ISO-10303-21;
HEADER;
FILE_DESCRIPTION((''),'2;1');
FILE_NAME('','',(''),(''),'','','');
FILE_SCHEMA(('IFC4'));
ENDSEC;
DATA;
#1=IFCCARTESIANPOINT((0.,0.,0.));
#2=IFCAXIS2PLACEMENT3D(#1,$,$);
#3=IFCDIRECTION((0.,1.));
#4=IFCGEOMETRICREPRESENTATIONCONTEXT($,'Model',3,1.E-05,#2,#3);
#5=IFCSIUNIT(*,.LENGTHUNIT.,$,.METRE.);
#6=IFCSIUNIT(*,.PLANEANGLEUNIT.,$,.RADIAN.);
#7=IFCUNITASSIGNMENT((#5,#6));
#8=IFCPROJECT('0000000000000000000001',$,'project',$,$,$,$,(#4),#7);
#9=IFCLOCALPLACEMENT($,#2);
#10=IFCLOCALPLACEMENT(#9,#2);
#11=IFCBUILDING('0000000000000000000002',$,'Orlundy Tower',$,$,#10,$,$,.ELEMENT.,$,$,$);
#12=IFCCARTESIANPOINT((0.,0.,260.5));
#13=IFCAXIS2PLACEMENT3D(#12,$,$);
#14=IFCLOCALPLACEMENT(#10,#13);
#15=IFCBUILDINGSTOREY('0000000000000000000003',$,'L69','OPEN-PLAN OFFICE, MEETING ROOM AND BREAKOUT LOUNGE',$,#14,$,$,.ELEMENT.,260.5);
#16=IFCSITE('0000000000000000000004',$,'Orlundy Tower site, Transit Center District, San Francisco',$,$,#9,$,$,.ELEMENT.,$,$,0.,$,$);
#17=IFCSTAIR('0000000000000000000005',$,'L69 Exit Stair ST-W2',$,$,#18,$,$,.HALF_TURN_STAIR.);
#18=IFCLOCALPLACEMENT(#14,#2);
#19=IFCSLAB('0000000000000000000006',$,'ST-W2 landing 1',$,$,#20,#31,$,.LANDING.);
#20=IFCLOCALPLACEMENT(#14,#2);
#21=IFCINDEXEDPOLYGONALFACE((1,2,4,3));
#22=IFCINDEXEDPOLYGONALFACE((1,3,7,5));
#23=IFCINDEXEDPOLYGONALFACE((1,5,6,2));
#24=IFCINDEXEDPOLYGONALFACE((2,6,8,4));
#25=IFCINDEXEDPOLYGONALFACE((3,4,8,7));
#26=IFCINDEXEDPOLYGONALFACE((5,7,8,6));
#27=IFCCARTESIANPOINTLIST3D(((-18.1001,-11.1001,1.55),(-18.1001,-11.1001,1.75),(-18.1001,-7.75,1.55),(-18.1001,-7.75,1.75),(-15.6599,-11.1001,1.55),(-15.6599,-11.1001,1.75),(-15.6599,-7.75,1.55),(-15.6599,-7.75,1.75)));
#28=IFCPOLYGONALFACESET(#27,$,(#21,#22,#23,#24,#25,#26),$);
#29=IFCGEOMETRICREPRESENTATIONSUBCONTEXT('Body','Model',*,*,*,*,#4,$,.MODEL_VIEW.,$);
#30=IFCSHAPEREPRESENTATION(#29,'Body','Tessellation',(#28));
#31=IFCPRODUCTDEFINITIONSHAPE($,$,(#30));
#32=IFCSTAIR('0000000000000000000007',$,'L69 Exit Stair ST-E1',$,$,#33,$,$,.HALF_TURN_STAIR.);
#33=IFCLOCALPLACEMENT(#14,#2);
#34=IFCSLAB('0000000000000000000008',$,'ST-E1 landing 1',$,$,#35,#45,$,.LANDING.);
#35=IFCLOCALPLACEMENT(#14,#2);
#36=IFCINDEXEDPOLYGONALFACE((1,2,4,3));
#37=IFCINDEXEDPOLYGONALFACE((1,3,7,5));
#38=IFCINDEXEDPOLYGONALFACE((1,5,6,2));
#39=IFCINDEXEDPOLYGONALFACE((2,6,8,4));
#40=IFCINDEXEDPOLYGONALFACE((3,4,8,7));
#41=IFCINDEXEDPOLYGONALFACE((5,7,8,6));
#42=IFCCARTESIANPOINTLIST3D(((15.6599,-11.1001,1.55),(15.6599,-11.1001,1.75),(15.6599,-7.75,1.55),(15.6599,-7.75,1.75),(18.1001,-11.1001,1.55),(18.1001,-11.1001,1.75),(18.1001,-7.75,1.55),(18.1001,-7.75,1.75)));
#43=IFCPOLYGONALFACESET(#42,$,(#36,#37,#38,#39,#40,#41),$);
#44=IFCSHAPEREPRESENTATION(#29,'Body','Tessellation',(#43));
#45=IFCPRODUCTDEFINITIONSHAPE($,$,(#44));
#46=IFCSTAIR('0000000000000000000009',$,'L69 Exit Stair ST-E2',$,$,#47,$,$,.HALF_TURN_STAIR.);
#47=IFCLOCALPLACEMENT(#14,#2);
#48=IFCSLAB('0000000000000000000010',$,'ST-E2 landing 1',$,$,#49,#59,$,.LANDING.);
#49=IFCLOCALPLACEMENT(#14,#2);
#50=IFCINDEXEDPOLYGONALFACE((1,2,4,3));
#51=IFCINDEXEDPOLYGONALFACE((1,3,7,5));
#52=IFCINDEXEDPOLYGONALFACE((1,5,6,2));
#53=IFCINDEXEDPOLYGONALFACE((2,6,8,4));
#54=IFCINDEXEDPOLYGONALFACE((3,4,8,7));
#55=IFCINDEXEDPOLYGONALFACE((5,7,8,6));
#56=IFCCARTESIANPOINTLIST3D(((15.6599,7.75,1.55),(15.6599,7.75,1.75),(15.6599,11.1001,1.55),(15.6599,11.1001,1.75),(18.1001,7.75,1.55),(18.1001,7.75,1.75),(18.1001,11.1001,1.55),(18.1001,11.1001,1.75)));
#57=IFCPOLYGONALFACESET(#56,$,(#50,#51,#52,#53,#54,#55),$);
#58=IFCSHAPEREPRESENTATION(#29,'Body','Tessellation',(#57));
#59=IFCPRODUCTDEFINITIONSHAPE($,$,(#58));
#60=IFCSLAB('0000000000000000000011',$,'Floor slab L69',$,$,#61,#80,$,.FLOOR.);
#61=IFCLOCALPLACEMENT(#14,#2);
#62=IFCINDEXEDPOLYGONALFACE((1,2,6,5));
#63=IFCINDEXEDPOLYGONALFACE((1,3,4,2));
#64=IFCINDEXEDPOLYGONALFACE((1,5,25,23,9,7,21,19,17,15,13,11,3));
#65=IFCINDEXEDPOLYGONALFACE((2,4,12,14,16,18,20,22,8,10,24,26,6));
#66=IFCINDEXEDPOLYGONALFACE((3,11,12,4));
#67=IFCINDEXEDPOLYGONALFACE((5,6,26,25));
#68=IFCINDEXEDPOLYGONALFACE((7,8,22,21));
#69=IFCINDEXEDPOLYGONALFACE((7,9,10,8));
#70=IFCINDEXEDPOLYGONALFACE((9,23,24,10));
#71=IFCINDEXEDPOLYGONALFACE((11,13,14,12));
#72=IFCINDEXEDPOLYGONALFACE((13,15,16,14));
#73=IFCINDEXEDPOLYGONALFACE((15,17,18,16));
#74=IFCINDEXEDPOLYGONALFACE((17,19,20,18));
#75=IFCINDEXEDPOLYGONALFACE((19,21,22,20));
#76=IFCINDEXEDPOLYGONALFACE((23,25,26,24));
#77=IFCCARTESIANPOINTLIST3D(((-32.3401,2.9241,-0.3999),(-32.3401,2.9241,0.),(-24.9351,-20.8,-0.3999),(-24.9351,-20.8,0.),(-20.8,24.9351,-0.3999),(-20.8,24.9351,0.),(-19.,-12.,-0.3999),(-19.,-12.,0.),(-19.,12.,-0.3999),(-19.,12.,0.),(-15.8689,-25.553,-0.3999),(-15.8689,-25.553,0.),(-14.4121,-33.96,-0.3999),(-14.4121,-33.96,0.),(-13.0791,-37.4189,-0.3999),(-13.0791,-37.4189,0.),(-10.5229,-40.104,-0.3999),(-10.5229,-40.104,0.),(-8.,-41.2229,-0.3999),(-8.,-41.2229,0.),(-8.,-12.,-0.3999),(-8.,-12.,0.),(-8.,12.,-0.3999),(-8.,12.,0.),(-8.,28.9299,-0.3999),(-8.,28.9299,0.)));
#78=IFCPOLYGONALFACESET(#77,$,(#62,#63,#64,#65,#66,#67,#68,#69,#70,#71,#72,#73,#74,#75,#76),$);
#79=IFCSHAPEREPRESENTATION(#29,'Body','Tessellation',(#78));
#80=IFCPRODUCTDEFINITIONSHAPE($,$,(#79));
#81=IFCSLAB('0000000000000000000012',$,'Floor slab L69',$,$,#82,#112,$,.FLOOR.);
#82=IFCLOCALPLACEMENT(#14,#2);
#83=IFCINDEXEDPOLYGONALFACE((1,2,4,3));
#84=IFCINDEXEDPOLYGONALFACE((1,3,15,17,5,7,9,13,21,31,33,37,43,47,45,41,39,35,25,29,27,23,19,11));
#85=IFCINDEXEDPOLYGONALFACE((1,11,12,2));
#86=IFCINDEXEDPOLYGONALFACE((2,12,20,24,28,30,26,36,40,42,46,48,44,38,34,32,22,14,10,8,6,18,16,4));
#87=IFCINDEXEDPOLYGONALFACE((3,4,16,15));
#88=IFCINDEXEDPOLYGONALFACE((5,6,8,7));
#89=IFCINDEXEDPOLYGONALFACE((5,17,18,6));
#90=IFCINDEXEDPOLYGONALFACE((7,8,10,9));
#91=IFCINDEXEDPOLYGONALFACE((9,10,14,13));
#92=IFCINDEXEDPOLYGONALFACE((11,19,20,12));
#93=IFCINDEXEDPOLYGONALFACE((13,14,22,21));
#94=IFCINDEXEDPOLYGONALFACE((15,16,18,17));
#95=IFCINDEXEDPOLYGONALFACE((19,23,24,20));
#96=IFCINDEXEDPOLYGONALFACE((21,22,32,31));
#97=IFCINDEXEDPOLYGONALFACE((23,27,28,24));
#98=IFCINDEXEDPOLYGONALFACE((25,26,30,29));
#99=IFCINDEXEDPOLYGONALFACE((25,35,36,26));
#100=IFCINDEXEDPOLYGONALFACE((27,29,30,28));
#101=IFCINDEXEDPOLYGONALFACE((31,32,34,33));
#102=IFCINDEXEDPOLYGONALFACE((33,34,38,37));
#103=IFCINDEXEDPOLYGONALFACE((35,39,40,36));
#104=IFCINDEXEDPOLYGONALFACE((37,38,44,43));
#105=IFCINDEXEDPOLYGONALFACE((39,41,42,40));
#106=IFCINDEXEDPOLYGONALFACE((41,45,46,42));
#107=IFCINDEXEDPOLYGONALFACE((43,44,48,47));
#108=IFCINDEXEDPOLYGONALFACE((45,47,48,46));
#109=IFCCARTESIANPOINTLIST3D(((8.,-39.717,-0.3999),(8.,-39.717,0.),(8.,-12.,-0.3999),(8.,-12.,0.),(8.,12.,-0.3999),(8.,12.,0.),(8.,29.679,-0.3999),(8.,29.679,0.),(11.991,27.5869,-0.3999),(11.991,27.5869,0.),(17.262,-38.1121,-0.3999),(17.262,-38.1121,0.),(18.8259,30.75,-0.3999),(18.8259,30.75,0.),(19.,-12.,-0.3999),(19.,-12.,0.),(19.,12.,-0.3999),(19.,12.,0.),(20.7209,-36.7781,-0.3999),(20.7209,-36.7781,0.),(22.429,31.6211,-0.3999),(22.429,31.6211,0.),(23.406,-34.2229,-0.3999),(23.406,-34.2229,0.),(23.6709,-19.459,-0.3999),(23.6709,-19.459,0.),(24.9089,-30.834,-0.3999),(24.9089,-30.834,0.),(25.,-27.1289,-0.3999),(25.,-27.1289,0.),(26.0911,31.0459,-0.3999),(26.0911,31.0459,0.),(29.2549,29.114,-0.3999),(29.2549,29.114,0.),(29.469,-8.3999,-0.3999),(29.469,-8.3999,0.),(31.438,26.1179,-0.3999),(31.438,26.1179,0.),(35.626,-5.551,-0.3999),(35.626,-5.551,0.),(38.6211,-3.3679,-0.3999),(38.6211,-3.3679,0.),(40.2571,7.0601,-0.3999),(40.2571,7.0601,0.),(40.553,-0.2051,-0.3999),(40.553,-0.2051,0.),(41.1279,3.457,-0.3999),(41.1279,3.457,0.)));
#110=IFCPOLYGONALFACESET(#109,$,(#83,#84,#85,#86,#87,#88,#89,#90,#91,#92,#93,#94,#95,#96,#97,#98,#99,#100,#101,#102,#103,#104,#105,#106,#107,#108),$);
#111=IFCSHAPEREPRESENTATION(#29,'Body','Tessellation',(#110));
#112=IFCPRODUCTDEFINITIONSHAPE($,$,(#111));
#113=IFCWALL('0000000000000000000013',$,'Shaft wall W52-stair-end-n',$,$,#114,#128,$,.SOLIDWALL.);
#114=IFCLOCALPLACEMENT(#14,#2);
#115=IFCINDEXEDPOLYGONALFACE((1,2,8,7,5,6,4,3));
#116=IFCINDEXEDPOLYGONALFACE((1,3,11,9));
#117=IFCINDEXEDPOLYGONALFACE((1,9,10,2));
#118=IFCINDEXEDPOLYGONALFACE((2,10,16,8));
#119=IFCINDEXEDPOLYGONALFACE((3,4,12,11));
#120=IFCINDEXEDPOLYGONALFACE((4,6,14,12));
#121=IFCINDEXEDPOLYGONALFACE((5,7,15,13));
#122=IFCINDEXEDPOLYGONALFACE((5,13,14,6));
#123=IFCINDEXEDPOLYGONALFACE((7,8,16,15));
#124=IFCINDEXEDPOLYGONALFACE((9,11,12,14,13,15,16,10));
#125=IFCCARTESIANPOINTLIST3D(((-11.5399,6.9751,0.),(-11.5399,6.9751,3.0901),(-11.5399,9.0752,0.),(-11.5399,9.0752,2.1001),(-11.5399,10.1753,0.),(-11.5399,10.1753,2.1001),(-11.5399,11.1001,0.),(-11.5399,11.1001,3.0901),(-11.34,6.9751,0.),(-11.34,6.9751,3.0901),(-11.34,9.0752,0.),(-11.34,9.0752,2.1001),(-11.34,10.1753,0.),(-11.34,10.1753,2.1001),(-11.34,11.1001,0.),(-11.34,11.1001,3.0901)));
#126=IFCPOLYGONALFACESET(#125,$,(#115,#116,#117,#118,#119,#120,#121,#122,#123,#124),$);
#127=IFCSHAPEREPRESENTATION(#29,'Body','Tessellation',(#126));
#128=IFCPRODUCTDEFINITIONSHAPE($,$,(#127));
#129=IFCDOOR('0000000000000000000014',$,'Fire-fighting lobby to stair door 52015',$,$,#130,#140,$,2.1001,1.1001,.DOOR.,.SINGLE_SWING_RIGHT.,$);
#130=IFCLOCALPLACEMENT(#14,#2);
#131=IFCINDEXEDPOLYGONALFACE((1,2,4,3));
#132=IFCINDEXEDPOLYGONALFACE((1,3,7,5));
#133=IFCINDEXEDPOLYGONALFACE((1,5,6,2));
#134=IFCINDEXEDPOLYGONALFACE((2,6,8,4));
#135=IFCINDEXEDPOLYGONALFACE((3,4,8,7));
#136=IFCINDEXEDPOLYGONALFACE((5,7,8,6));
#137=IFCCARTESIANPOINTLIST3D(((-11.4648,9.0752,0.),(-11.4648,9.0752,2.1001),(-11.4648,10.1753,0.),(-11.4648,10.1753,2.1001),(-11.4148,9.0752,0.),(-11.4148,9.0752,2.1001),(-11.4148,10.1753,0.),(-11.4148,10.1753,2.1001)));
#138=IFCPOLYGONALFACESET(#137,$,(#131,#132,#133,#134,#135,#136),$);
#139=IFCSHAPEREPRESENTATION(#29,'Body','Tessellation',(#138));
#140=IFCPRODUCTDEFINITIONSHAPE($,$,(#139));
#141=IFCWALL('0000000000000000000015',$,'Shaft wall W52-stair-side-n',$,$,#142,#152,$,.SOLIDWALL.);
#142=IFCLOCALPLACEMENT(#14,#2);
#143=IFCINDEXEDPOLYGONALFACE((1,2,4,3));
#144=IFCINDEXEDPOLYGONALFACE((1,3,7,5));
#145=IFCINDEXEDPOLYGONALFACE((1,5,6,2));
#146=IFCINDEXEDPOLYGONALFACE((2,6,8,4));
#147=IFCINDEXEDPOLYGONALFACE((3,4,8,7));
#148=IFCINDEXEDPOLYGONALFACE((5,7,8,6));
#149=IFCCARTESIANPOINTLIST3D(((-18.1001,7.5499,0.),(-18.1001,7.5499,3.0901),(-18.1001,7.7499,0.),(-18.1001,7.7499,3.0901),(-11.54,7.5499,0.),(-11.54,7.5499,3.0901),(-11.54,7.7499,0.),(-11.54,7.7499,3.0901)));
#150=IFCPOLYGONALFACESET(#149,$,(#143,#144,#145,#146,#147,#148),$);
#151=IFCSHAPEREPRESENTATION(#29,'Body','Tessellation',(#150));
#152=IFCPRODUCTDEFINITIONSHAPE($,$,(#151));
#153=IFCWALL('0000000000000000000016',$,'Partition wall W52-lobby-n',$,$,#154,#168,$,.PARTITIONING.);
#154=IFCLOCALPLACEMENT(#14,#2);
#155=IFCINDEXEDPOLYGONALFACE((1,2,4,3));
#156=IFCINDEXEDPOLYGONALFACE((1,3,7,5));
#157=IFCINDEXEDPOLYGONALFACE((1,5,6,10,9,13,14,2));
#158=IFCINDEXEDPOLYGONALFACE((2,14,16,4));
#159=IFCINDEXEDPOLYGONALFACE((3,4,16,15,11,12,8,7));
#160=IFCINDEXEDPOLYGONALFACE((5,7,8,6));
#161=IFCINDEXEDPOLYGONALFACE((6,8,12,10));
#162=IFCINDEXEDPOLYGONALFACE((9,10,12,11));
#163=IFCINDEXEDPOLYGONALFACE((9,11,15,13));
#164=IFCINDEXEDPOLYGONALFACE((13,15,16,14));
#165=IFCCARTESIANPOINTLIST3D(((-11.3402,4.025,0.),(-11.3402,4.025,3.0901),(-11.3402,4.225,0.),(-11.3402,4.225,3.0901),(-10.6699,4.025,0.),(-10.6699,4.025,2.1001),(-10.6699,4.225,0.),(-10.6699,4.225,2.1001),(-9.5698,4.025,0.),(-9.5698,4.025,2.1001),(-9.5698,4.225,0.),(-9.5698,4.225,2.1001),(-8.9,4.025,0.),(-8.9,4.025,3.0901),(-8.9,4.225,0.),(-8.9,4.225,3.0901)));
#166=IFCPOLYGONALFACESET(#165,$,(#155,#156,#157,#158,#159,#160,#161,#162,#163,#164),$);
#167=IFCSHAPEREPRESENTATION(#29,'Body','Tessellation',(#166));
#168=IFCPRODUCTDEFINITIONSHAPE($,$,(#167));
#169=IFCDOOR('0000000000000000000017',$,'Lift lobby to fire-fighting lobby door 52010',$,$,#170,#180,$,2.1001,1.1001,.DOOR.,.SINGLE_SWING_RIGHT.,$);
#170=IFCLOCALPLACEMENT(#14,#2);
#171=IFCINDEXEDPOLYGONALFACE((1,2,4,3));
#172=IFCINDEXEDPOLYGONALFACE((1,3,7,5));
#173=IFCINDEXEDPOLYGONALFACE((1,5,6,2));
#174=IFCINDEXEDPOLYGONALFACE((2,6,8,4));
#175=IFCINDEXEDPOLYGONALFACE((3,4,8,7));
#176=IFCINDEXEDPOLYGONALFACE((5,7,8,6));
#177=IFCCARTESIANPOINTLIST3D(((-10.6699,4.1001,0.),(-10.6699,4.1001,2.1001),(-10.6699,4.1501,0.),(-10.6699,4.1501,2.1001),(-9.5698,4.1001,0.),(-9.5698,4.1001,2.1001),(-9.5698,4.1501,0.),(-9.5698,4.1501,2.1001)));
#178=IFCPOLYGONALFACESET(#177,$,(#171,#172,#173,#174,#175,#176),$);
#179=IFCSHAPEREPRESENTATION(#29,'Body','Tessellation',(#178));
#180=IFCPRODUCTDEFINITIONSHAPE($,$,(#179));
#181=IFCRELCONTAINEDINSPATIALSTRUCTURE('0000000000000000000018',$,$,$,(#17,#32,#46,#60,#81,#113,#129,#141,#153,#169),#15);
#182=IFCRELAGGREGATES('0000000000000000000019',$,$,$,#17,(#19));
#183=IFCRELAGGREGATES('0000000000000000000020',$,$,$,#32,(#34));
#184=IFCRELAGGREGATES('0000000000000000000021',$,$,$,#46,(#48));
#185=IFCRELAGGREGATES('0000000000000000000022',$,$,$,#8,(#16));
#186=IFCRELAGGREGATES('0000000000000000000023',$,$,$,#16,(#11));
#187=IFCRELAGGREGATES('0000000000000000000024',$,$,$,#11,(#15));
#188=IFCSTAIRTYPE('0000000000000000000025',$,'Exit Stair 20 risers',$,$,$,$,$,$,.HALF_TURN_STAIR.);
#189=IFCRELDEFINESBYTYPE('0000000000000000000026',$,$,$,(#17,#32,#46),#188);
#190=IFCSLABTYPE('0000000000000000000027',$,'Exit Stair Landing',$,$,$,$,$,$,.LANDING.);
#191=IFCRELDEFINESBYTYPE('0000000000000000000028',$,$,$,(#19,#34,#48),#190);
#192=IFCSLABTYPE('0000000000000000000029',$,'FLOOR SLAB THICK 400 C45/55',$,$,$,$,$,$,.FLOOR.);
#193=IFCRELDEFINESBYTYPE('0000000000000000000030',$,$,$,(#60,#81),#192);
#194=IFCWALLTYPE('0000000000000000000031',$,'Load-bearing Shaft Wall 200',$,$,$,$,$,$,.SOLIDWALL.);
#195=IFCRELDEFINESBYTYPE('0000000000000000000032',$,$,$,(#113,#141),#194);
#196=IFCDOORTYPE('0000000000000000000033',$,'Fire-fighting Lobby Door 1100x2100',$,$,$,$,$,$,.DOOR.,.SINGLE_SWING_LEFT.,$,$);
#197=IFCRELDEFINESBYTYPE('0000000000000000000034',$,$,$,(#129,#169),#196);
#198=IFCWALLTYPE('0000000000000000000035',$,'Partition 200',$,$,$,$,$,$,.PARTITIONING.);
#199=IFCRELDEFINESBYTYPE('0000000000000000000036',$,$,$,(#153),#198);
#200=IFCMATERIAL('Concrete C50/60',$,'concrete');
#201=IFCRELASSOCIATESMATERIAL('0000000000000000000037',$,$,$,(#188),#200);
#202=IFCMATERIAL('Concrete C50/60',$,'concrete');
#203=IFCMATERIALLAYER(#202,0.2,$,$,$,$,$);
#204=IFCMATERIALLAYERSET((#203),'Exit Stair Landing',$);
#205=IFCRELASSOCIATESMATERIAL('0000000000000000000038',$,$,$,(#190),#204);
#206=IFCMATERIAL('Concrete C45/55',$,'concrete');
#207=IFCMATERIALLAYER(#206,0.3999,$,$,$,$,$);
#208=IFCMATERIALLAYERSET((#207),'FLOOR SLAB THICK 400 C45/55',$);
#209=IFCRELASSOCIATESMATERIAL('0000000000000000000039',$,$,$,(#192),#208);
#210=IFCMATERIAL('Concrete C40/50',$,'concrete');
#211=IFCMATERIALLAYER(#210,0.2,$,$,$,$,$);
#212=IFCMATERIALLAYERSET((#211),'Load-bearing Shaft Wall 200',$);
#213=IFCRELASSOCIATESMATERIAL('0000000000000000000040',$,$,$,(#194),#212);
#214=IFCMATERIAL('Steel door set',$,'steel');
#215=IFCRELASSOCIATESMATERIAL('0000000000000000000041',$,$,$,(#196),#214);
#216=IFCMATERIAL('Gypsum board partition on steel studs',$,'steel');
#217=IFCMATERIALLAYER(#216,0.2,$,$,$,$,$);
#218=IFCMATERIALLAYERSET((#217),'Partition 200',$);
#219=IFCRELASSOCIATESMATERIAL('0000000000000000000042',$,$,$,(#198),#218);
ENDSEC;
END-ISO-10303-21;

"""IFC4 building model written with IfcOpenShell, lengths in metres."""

from ifc_helpers import new_model, si_unit, direction, frame, frame_2d, origin, place, context, subcontext, project, spatial, polyline, rectangle, outline, extrude, material, layer, layer_set, type_object, element, fill, aggregate, save


model = new_model("IFC4")

# Units and contexts
model_context = context("Model", 3, precision=1e-05, world=origin(), true_north=direction((0.0, 1.0)))
body_context = subcontext(model_context, "Body", "Model", "MODEL_VIEW")
ifc_project = project(units=[si_unit("LENGTHUNIT", "METRE"), si_unit("PLANEANGLEUNIT", "RADIAN")], contexts=[model_context])

# Site, building, storey
site_placement = place(None, origin())
site = spatial("IfcSite", under=ifc_project, at=site_placement, Name="Orlundy Tower site, Transit Center District, San Francisco", CompositionType="ELEMENT", RefElevation=0.0)
building_placement = place(site_placement, origin())
building = spatial("IfcBuilding", under=site, at=building_placement, Name="Orlundy Tower", CompositionType="ELEMENT")
storey_placement = place(building_placement, frame((0.0, 0.0, 260.5)))
storey = spatial("IfcBuildingStorey", under=building, at=storey_placement, Name="L69", Description="OPEN-PLAN OFFICE, MEETING ROOM AND BREAKOUT LOUNGE", CompositionType="ELEMENT", Elevation=260.5)

# Stairs, slabs
ifc_material_1 = material(Name="Concrete C50/60", Category="concrete")
stair_type = type_object("IfcStairType", Name="Exit Stair 20 risers", PredefinedType="HALF_TURN_STAIR", material=ifc_material_1)
ifc_material_2 = material(Name="Concrete C50/60", Category="concrete")
ifc_layer_1 = layer(ifc_material_2, 0.2)
ifc_layer_set_1 = layer_set([ifc_layer_1], Name="Exit Stair Landing")
slab_type_1 = type_object("IfcSlabType", Name="Exit Stair Landing", PredefinedType="LANDING", material=ifc_layer_set_1)
stair_1_placement = place(storey_placement, origin())
stair_1 = element("IfcStair", 1, at=stair_1_placement, inside=storey, type_object=stair_type, Name="L69 Exit Stair ST-W2", PredefinedType="HALF_TURN_STAIR")
slab_1_placement = place(storey_placement, frame((0.0, 0.0, 1.55)))
slab_1 = element("IfcSlab", 2, at=slab_1_placement, type_object=slab_type_1, Name="ST-W2 landing 1", PredefinedType="LANDING", context=body_context, shape_type="SweptSolid", body=[
    extrude(outline(polyline([(-15.6599, -7.75), (-18.1001, -7.75), (-18.1001, -11.1001), (-15.6599, -11.1001), (-15.6599, -7.75)])), origin(), (0.0, 0.0, 1.0), 0.2),
])
aggregate(stair_1, [slab_1])
stair_2_placement = place(storey_placement, origin())
stair_2 = element("IfcStair", 3, at=stair_2_placement, inside=storey, type_object=stair_type, Name="L69 Exit Stair ST-E1", PredefinedType="HALF_TURN_STAIR")
slab_2_placement = place(storey_placement, frame((0.0, 0.0, 1.55)))
slab_2 = element("IfcSlab", 4, at=slab_2_placement, type_object=slab_type_1, Name="ST-E1 landing 1", PredefinedType="LANDING", context=body_context, shape_type="SweptSolid", body=[
    extrude(outline(polyline([(15.6599, -11.1001), (18.1001, -11.1001), (18.1001, -7.75), (15.6599, -7.75), (15.6599, -11.1001)])), origin(), (0.0, 0.0, 1.0), 0.2),
])
aggregate(stair_2, [slab_2])
stair_3_placement = place(storey_placement, origin())
stair_3 = element("IfcStair", 5, at=stair_3_placement, inside=storey, type_object=stair_type, Name="L69 Exit Stair ST-E2", PredefinedType="HALF_TURN_STAIR")
slab_3_placement = place(storey_placement, frame((0.0, 0.0, 1.55)))
slab_3 = element("IfcSlab", 6, at=slab_3_placement, type_object=slab_type_1, Name="ST-E2 landing 1", PredefinedType="LANDING", context=body_context, shape_type="SweptSolid", body=[
    extrude(outline(polyline([(15.6599, 7.75), (18.1001, 7.75), (18.1001, 11.1001), (15.6599, 11.1001), (15.6599, 7.75)])), origin(), (0.0, 0.0, 1.0), 0.2),
])
aggregate(stair_3, [slab_3])

# Slabs
ifc_material_3 = material(Name="Concrete C45/55", Category="concrete")
ifc_layer_2 = layer(ifc_material_3, 0.3999)
ifc_layer_set_2 = layer_set([ifc_layer_2], Name="FLOOR SLAB THICK 400 C45/55")
slab_type_2 = type_object("IfcSlabType", Name="FLOOR SLAB THICK 400 C45/55", PredefinedType="FLOOR", material=ifc_layer_set_2)
slab_4_placement = place(storey_placement, frame((0.0, 0.0, -0.3999)))
element("IfcSlab", 7, at=slab_4_placement, inside=storey, type_object=slab_type_2, Name="Floor slab L69", PredefinedType="FLOOR", context=body_context, shape_type="SweptSolid", body=[
    extrude(outline(polyline([(-24.9351, -20.8), (-32.3401, 2.9241), (-20.8, 24.9351), (-8.0, 28.9299), (-8.0, 12.0), (-19.0, 12.0), (-19.0, -12.0), (-8.0, -12.0), (-8.0, -41.2229), (-10.5229, -40.104), (-13.0791, -37.4189), (-14.4121, -33.96), (-15.8689, -25.553), (-24.9351, -20.8)])), origin(), (0.0, 0.0, 1.0), 0.3999),
])
slab_5_placement = place(storey_placement, frame((0.0, 0.0, -0.3999)))
element("IfcSlab", 8, at=slab_5_placement, inside=storey, type_object=slab_type_2, Name="Floor slab L69", PredefinedType="FLOOR", context=body_context, shape_type="SweptSolid", body=[
    extrude(outline(polyline([(18.8259, 30.75), (22.429, 31.6211), (26.0911, 31.0459), (29.2549, 29.114), (31.438, 26.1179), (40.2571, 7.0601), (41.1279, 3.457), (40.553, -0.2051), (38.6211, -3.3679), (35.626, -5.551), (29.469, -8.3999), (23.6709, -19.459), (25.0, -27.1289), (24.9089, -30.834), (23.406, -34.2229), (20.7209, -36.7781), (17.262, -38.1121), (8.0, -39.717), (8.0, -12.0), (19.0, -12.0), (19.0, 12.0), (8.0, 12.0), (8.0, 29.679), (11.991, 27.5869), (18.8259, 30.75)])), origin(), (0.0, 0.0, 1.0), 0.3999),
])

# Wall, opening, door
ifc_material_4 = material(Name="Concrete C40/50", Category="concrete")
ifc_layer_3 = layer(ifc_material_4, 0.2)
ifc_layer_set_3 = layer_set([ifc_layer_3], Name="Load-bearing Shaft Wall 200")
wall_type_1 = type_object("IfcWallType", Name="Load-bearing Shaft Wall 200", PredefinedType="SOLIDWALL", material=ifc_layer_set_3)
wall_1_placement = place(storey_placement, frame((-11.4399, 6.9751, 0.0), z_axis=(0.0, 0.0, 1.0), x_axis=(0.0, 1.0, 0.0)))
wall_1 = element("IfcWall", 9, at=wall_1_placement, inside=storey, type_object=wall_type_1, Name="Shaft wall W52-stair-end-n", PredefinedType="SOLIDWALL", context=body_context, shape_type="SweptSolid", body=[
    extrude(rectangle(XDim=4.125, YDim=0.2, at=frame_2d((2.0625, 0.0))), origin(), (0.0, 0.0, 1.0), 3.0901),
])
opening_1_placement = place(wall_1_placement, frame((2.1001, 0.0, 0.0)))
opening_1 = element("IfcOpeningElement", 10, at=opening_1_placement, cuts=wall_1, PredefinedType="OPENING", context=body_context, shape_type="SweptSolid", body=[
    extrude(rectangle(XDim=1.1001, YDim=2.1001, at=frame_2d((0.55, 1.05))), frame((0.0, 0.1101, 0.0), z_axis=(0.0, -1.0, 0.0), x_axis=(1.0, 0.0, 0.0)), (0.0, 0.0, 1.0), 0.2202),
])
ifc_material_5 = material(Name="Steel door set", Category="steel")
door_type = type_object("IfcDoorType", Name="Fire-fighting Lobby Door 1100x2100", OperationType="SINGLE_SWING_LEFT", PredefinedType="DOOR", material=ifc_material_5)
door_1_placement = place(opening_1_placement, origin())
door_1 = element("IfcDoor", 11, at=door_1_placement, inside=storey, type_object=door_type, Name="Fire-fighting lobby to stair door 52015", OperationType="SINGLE_SWING_RIGHT", OverallHeight=2.1001, OverallWidth=1.1001, PredefinedType="DOOR", context=body_context, shape_type="SweptSolid", body=[
    extrude(rectangle(XDim=1.1001, YDim=2.1001, at=frame_2d((0.55, 1.05))), frame((0.0, 0.0249, 0.0), z_axis=(0.0, -1.0, 0.0), x_axis=(1.0, 0.0, 0.0)), (0.0, 0.0, 1.0), 0.05),
])
fill(opening_1, door_1)

# Wall
wall_2_placement = place(storey_placement, frame((-11.54, 7.6499, 0.0), z_axis=(0.0, 0.0, 1.0), x_axis=(-1.0, 0.0, 0.0)))
element("IfcWall", 12, at=wall_2_placement, inside=storey, type_object=wall_type_1, Name="Shaft wall W52-stair-side-n", PredefinedType="SOLIDWALL", context=body_context, shape_type="SweptSolid", body=[
    extrude(rectangle(XDim=6.5601, YDim=0.2, at=frame_2d((3.28, 0.0))), origin(), (0.0, 0.0, 1.0), 3.0901),
])

# Wall, opening, door
ifc_material_6 = material(Name="Gypsum board partition on steel studs", Category="steel")
ifc_layer_4 = layer(ifc_material_6, 0.2)
ifc_layer_set_4 = layer_set([ifc_layer_4], Name="Partition 200")
wall_type_2 = type_object("IfcWallType", Name="Partition 200", PredefinedType="PARTITIONING", material=ifc_layer_set_4)
wall_3_placement = place(storey_placement, frame((-8.8999, 4.125, 0.0), z_axis=(0.0, 0.0, 1.0), x_axis=(-1.0, 0.0, 0.0)))
wall_3 = element("IfcWall", 13, at=wall_3_placement, inside=storey, type_object=wall_type_2, Name="Partition wall W52-lobby-n", PredefinedType="PARTITIONING", context=body_context, shape_type="SweptSolid", body=[
    extrude(rectangle(XDim=2.4402, YDim=0.2, at=frame_2d((1.2202, 0.0))), origin(), (0.0, 0.0, 1.0), 3.0901),
])
opening_2_placement = place(wall_3_placement, frame((0.6699, 0.0, 0.0)))
opening_2 = element("IfcOpeningElement", 14, at=opening_2_placement, cuts=wall_3, PredefinedType="OPENING", context=body_context, shape_type="SweptSolid", body=[
    extrude(rectangle(XDim=1.1001, YDim=2.1001, at=frame_2d((0.55, 1.05))), frame((0.0, 0.1101, 0.0), z_axis=(0.0, -1.0, 0.0), x_axis=(1.0, 0.0, 0.0)), (0.0, 0.0, 1.0), 0.2202),
])
door_2_placement = place(opening_2_placement, origin())
door_2 = element("IfcDoor", 15, at=door_2_placement, inside=storey, type_object=door_type, Name="Lift lobby to fire-fighting lobby door 52010", OperationType="SINGLE_SWING_RIGHT", OverallHeight=2.1001, OverallWidth=1.1001, PredefinedType="DOOR", context=body_context, shape_type="SweptSolid", body=[
    extrude(rectangle(XDim=1.1001, YDim=2.1001, at=frame_2d((0.55, 1.05))), frame((0.0, 0.0249, 0.0), z_axis=(0.0, -1.0, 0.0), x_axis=(1.0, 0.0, 0.0)), (0.0, 0.0, 1.0), 0.05),
])
fill(opening_2, door_2)

save(model, "model.ifc")
